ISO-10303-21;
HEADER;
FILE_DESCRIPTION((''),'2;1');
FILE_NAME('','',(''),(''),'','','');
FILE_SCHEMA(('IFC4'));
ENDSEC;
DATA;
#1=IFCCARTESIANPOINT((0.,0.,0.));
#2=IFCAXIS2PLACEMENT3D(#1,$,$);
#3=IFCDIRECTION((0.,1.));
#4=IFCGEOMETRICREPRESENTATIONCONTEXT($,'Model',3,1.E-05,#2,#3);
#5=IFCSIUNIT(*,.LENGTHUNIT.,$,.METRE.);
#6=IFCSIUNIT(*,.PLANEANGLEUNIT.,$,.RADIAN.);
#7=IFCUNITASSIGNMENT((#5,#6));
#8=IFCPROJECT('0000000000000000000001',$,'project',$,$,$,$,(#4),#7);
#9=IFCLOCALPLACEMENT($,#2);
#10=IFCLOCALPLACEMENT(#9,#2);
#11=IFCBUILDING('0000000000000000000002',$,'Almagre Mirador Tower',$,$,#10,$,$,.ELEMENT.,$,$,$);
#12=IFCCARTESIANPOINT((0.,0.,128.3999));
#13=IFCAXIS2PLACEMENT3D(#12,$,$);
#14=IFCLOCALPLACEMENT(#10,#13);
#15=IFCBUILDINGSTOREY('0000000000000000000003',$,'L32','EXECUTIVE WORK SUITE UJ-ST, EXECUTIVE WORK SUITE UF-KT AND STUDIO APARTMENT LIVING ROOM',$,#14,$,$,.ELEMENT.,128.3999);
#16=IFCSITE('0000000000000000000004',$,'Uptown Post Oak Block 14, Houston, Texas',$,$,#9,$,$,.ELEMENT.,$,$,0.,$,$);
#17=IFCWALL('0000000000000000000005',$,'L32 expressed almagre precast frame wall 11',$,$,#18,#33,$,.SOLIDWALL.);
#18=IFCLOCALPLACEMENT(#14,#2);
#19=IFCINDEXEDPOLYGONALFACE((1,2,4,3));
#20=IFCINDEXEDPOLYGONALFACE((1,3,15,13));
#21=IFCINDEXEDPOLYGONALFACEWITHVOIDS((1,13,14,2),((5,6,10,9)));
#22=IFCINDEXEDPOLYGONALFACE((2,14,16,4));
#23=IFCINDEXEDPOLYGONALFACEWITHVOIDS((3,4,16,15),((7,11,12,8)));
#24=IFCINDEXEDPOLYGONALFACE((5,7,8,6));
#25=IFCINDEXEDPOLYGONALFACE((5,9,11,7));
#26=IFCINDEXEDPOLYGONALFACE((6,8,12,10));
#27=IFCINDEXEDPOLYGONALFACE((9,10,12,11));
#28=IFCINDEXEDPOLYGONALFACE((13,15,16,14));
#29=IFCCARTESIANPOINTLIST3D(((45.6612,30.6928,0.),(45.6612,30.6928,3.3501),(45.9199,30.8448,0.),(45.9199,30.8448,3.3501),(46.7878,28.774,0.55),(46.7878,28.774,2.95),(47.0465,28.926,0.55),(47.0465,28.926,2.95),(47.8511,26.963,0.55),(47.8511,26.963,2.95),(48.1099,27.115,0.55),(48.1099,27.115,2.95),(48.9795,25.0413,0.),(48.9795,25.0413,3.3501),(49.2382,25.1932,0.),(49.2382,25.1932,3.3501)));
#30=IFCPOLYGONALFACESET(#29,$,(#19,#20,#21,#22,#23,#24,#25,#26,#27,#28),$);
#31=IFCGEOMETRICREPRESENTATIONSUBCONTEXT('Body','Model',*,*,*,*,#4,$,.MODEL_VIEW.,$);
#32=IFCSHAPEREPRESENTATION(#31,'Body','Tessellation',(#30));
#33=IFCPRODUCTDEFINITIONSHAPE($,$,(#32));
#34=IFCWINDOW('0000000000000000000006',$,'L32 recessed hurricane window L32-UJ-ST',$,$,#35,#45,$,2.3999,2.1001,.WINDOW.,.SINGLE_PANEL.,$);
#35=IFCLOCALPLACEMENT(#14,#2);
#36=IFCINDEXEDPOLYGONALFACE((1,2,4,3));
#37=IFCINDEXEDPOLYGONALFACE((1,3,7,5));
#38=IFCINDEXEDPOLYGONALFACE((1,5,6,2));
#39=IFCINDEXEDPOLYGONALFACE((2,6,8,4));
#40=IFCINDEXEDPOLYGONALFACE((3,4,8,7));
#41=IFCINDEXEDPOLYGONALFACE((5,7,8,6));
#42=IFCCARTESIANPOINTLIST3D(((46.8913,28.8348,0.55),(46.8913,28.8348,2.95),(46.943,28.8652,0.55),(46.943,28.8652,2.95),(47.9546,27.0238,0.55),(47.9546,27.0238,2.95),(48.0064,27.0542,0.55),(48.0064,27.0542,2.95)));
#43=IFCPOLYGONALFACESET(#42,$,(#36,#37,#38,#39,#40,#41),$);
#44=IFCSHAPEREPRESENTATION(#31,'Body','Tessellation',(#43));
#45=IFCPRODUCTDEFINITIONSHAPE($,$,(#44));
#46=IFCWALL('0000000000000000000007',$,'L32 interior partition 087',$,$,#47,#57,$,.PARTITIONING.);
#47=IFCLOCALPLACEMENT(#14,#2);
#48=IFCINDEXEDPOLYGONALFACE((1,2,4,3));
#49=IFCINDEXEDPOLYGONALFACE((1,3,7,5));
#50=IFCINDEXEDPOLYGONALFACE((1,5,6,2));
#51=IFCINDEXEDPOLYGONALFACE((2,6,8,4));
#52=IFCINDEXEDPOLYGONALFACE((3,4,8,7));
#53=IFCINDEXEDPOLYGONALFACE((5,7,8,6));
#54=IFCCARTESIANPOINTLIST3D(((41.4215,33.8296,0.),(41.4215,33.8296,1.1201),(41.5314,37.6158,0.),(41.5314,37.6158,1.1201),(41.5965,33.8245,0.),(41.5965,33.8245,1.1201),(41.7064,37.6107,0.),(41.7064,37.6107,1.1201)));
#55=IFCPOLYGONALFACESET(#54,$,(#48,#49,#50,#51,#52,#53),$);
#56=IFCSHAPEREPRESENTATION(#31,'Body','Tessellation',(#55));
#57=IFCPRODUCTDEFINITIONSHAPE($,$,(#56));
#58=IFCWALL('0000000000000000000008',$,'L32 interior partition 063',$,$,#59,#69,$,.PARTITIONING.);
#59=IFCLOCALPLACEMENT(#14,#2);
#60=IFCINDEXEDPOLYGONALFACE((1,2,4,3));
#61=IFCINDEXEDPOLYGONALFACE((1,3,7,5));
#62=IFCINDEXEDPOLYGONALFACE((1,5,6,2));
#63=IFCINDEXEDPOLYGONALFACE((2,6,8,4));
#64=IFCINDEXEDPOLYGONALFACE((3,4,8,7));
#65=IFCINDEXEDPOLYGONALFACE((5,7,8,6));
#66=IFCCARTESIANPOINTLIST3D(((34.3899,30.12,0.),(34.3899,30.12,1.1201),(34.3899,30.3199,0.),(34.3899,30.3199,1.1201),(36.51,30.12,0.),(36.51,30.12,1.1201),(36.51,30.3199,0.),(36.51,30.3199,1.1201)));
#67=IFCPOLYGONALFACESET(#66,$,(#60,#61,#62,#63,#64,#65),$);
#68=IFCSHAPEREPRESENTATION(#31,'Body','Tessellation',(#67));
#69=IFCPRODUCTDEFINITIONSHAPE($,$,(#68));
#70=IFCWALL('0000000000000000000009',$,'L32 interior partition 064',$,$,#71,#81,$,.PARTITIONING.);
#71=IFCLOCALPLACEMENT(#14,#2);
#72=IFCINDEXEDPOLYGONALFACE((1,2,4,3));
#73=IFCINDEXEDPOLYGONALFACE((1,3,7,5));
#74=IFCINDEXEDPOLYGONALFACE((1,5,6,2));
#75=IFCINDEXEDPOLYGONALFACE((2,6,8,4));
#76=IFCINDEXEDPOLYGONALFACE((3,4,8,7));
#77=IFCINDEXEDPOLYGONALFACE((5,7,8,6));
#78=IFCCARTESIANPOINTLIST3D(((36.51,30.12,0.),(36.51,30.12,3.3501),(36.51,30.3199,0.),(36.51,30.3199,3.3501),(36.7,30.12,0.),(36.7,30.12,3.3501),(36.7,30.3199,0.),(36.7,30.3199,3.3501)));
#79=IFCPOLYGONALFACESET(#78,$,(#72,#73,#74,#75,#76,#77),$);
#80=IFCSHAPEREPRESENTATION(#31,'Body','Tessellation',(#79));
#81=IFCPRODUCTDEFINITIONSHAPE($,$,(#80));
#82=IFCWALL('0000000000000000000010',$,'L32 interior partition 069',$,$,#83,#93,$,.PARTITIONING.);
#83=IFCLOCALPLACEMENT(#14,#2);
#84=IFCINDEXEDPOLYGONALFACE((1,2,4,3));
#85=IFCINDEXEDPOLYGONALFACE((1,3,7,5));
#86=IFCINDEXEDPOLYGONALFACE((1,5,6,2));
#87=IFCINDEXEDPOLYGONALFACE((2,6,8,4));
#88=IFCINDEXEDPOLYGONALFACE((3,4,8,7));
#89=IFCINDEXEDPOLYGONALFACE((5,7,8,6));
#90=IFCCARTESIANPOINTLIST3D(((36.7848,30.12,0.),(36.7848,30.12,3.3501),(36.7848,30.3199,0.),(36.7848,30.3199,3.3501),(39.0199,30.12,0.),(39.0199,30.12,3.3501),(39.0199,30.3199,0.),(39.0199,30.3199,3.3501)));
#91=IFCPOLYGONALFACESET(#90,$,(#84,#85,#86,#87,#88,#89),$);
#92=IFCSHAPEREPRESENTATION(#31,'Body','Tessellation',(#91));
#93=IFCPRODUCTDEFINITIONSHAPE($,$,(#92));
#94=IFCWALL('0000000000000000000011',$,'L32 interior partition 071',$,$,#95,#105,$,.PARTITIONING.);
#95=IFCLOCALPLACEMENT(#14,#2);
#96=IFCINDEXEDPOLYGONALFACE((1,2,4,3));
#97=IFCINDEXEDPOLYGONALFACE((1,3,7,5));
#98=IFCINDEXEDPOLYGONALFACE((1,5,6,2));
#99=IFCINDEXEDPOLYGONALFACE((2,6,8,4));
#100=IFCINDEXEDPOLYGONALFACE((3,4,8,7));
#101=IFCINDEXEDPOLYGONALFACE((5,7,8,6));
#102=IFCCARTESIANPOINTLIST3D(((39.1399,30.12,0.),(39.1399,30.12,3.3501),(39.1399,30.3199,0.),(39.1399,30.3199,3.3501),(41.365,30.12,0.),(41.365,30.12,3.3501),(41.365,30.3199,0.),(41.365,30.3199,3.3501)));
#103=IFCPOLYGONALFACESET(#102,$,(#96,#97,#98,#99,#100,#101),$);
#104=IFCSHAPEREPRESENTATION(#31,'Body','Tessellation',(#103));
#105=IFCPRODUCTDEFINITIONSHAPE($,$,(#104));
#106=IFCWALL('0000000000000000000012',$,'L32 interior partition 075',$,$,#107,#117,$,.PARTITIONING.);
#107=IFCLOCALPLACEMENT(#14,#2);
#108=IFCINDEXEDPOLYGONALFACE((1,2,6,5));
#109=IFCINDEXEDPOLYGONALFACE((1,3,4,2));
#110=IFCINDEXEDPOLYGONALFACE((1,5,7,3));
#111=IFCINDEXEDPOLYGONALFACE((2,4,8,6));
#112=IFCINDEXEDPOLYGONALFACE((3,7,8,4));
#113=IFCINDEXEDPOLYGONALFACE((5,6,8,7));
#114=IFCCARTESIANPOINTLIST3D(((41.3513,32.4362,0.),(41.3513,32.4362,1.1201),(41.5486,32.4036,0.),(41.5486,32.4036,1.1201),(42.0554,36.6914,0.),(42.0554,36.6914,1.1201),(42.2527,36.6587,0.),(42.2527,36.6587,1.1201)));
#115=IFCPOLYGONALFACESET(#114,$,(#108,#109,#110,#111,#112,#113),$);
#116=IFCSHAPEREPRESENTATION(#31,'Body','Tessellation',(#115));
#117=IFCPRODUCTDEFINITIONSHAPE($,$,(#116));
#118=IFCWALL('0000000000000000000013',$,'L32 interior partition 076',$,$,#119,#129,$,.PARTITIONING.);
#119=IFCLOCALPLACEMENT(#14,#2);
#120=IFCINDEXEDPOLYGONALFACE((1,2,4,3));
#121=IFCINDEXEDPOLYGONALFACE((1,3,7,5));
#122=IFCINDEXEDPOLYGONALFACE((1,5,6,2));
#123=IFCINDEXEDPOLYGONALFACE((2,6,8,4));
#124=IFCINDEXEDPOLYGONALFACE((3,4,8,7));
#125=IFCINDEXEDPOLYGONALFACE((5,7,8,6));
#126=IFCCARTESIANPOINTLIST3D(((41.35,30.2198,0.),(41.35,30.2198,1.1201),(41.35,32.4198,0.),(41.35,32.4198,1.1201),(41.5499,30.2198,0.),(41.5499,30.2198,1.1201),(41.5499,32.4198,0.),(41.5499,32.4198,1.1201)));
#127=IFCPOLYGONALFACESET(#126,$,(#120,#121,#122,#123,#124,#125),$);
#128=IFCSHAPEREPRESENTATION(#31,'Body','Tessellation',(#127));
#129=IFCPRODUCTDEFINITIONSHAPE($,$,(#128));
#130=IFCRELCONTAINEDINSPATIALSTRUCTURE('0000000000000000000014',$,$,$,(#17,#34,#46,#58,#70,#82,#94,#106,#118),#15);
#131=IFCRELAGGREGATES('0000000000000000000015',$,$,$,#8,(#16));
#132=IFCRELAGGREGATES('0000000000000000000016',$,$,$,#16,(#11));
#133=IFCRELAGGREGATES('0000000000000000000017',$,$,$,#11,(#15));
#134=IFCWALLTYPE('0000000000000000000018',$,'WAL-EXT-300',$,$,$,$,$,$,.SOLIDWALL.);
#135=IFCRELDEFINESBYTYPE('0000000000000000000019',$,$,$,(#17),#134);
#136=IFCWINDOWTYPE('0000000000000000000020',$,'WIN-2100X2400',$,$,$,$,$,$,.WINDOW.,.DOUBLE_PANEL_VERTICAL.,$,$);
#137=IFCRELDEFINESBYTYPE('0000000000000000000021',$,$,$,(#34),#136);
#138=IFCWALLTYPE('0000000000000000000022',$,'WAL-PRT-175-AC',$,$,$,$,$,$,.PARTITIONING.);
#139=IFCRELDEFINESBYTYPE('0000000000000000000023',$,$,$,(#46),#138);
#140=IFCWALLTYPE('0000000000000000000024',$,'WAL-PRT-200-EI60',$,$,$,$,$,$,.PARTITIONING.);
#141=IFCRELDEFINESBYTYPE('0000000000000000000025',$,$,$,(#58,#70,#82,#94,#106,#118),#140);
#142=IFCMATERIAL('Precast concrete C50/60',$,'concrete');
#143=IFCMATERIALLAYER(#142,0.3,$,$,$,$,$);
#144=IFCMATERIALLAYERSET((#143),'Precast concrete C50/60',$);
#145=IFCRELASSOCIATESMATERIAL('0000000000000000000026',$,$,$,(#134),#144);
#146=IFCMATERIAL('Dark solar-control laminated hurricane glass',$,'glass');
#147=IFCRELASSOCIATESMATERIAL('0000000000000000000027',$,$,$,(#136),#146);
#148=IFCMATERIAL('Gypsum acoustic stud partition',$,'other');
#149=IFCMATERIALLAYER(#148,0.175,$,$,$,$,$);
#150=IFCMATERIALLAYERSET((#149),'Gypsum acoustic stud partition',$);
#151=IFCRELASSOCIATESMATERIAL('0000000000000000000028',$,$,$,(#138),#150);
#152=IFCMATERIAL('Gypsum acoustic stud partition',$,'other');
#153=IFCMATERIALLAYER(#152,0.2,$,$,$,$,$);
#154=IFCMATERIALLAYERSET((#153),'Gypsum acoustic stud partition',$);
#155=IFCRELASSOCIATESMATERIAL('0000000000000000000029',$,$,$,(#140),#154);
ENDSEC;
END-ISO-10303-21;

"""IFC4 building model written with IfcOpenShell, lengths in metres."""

from ifc_helpers import new_model, si_unit, direction, frame, frame_2d, origin, place, context, subcontext, project, spatial, rectangle, extrude, material, layer, layer_set, type_object, element, fill, save


model = new_model("IFC4")

# Units and contexts
model_context = context("Model", 3, precision=1e-05, world=origin(), true_north=direction((0.0, 1.0)))
body_context = subcontext(model_context, "Body", "Model", "MODEL_VIEW")
ifc_project = project(units=[si_unit("LENGTHUNIT", "METRE"), si_unit("PLANEANGLEUNIT", "RADIAN")], contexts=[model_context])

# Site, building, storey
site_placement = place(None, origin())
site = spatial("IfcSite", under=ifc_project, at=site_placement, Name="Uptown Post Oak Block 14, Houston, Texas", CompositionType="ELEMENT", RefElevation=0.0)
building_placement = place(site_placement, origin())
building = spatial("IfcBuilding", under=site, at=building_placement, Name="Almagre Mirador Tower", CompositionType="ELEMENT")
storey_placement = place(building_placement, frame((0.0, 0.0, 128.3999)))
storey = spatial("IfcBuildingStorey", under=building, at=storey_placement, Name="L32", Description="EXECUTIVE WORK SUITE UJ-ST, EXECUTIVE WORK SUITE UF-KT AND STUDIO APARTMENT LIVING ROOM", CompositionType="ELEMENT", Elevation=128.3999)

# Shared definitions
ifc_material_1 = material(Name="Precast concrete C50/60", Category="concrete")
ifc_layer_1 = layer(ifc_material_1, 0.3)
ifc_layer_set_1 = layer_set([ifc_layer_1], Name="Precast concrete C50/60")
wall_type_1 = type_object("IfcWallType", Name="WAL-EXT-300", PredefinedType="SOLIDWALL", material=ifc_layer_set_1)

# Wall, opening, window
wall_1_placement = place(storey_placement, frame((45.7905, 30.7688, 0.0), z_axis=(0.0, 0.0, 1.0), x_axis=(0.506326, -0.862342, 0.0)))
wall_1 = element("IfcWall", 1, at=wall_1_placement, inside=storey, type_object=wall_type_1, Name="L32 expressed almagre precast frame wall 11", PredefinedType="SOLIDWALL", context=body_context, shape_type="SweptSolid", body=[
    extrude(rectangle(XDim=6.5537, YDim=0.3, at=frame_2d((3.2769, 0.0))), origin(), (0.0, 0.0, 1.0), 3.3501),
])
opening_1_placement = place(wall_1_placement, frame((2.2251, 0.0, 0.55)))
opening_1 = element("IfcOpeningElement", 2, at=opening_1_placement, cuts=wall_1, PredefinedType="OPENING", context=body_context, shape_type="SweptSolid", body=[
    extrude(rectangle(XDim=2.1001, YDim=2.3999, at=frame_2d((1.05, 1.2))), frame((0.0, 0.1599, 0.0), z_axis=(0.0, -1.0, 0.0), x_axis=(1.0, 0.0, 0.0)), (0.0, 0.0, 1.0), 0.32),
])
ifc_material_2 = material(Name="Dark solar-control laminated hurricane glass", Category="glass")
window_type_1 = type_object("IfcWindowType", Name="WIN-2100X2400", PartitioningType="DOUBLE_PANEL_VERTICAL", PredefinedType="WINDOW", material=ifc_material_2)
window_1_placement = place(opening_1_placement, origin())
window_1 = element("IfcWindow", 3, at=window_1_placement, inside=storey, type_object=window_type_1, Name="L32 recessed hurricane window L32-UJ-ST", OverallHeight=2.3999, OverallWidth=2.1001, PartitioningType="SINGLE_PANEL", PredefinedType="WINDOW", context=body_context, shape_type="SweptSolid", body=[
    extrude(rectangle(XDim=2.1001, YDim=2.3999, at=frame_2d((1.05, 1.2))), frame((0.0, 0.03, 0.0), z_axis=(0.0, -1.0, 0.0), x_axis=(1.0, 0.0, 0.0)), (0.0, 0.0, 1.0), 0.0601),
])
fill(opening_1, window_1)

# Walls
ifc_material_3 = material(Name="Gypsum acoustic stud partition", Category="other")
ifc_layer_2 = layer(ifc_material_3, 0.175)
ifc_layer_set_2 = layer_set([ifc_layer_2], Name="Gypsum acoustic stud partition")
wall_type_2 = type_object("IfcWallType", Name="WAL-PRT-175-AC", PredefinedType="PARTITIONING", material=ifc_layer_set_2)
wall_2_placement = place(storey_placement, frame((41.509, 33.8269, 0.0), z_axis=(0.0, 0.0, 1.0), x_axis=(0.029005, 0.999579, 0.0)))
element("IfcWall", 4, at=wall_2_placement, inside=storey, type_object=wall_type_2, Name="L32 interior partition 087", PredefinedType="PARTITIONING", context=body_context, shape_type="SweptSolid", body=[
    extrude(rectangle(XDim=3.7878, YDim=0.175, at=frame_2d((1.894, 0.0))), origin(), (0.0, 0.0, 1.0), 1.1201),
])
ifc_material_4 = material(Name="Gypsum acoustic stud partition", Category="other")
ifc_layer_3 = layer(ifc_material_4, 0.2)
ifc_layer_set_3 = layer_set([ifc_layer_3], Name="Gypsum acoustic stud partition")
wall_type_3 = type_object("IfcWallType", Name="WAL-PRT-200-EI60", PredefinedType="PARTITIONING", material=ifc_layer_set_3)
wall_3_placement = place(storey_placement, frame((36.51, 30.22, 0.0), z_axis=(0.0, 0.0, 1.0), x_axis=(-1.0, 0.0, 0.0)))
element("IfcWall", 5, at=wall_3_placement, inside=storey, type_object=wall_type_3, Name="L32 interior partition 063", PredefinedType="PARTITIONING", context=body_context, shape_type="SweptSolid", body=[
    extrude(rectangle(XDim=2.1201, YDim=0.2, at=frame_2d((1.0601, 0.0))), origin(), (0.0, 0.0, 1.0), 1.1201),
])
wall_4_placement = place(storey_placement, frame((36.7, 30.22, 0.0), z_axis=(0.0, 0.0, 1.0), x_axis=(-1.0, 0.0, 0.0)))
element("IfcWall", 6, at=wall_4_placement, inside=storey, type_object=wall_type_3, Name="L32 interior partition 064", PredefinedType="PARTITIONING", context=body_context, shape_type="SweptSolid", body=[
    extrude(rectangle(XDim=0.1899, YDim=0.2, at=frame_2d((0.095, 0.0))), origin(), (0.0, 0.0, 1.0), 3.3501),
])
wall_5_placement = place(storey_placement, frame((39.02, 30.22, 0.0), z_axis=(0.0, 0.0, 1.0), x_axis=(-1.0, 0.0, 0.0)))
element("IfcWall", 7, at=wall_5_placement, inside=storey, type_object=wall_type_3, Name="L32 interior partition 069", PredefinedType="PARTITIONING", context=body_context, shape_type="SweptSolid", body=[
    extrude(rectangle(XDim=2.2351, YDim=0.2, at=frame_2d((1.1177, 0.0))), origin(), (0.0, 0.0, 1.0), 3.3501),
])
wall_6_placement = place(storey_placement, frame((41.365, 30.22, 0.0), z_axis=(0.0, 0.0, 1.0), x_axis=(-1.0, 0.0, 0.0)))
element("IfcWall", 8, at=wall_6_placement, inside=storey, type_object=wall_type_3, Name="L32 interior partition 071", PredefinedType="PARTITIONING", context=body_context, shape_type="SweptSolid", body=[
    extrude(rectangle(XDim=2.2251, YDim=0.2, at=frame_2d((1.1125, 0.0))), origin(), (0.0, 0.0, 1.0), 3.3501),
])
wall_7_placement = place(storey_placement, frame((42.1541, 36.675, 0.0), z_axis=(0.0, 0.0, 1.0), x_axis=(-0.163251, -0.986584, 0.0)))
element("IfcWall", 9, at=wall_7_placement, inside=storey, type_object=wall_type_3, Name="L32 interior partition 075", PredefinedType="PARTITIONING", context=body_context, shape_type="SweptSolid", body=[
    extrude(rectangle(XDim=4.313, YDim=0.2, at=frame_2d((2.1565, 0.0))), origin(), (0.0, 0.0, 1.0), 1.1201),
])
wall_8_placement = place(storey_placement, frame((41.45, 32.4199, 0.0), z_axis=(0.0, 0.0, 1.0), x_axis=(0.0, -1.0, 0.0)))
element("IfcWall", 10, at=wall_8_placement, inside=storey, type_object=wall_type_3, Name="L32 interior partition 076", PredefinedType="PARTITIONING", context=body_context, shape_type="SweptSolid", body=[
    extrude(rectangle(XDim=2.2, YDim=0.2, at=frame_2d((1.1001, 0.0))), origin(), (0.0, 0.0, 1.0), 1.1201),
])

save(model, "model.ifc")
